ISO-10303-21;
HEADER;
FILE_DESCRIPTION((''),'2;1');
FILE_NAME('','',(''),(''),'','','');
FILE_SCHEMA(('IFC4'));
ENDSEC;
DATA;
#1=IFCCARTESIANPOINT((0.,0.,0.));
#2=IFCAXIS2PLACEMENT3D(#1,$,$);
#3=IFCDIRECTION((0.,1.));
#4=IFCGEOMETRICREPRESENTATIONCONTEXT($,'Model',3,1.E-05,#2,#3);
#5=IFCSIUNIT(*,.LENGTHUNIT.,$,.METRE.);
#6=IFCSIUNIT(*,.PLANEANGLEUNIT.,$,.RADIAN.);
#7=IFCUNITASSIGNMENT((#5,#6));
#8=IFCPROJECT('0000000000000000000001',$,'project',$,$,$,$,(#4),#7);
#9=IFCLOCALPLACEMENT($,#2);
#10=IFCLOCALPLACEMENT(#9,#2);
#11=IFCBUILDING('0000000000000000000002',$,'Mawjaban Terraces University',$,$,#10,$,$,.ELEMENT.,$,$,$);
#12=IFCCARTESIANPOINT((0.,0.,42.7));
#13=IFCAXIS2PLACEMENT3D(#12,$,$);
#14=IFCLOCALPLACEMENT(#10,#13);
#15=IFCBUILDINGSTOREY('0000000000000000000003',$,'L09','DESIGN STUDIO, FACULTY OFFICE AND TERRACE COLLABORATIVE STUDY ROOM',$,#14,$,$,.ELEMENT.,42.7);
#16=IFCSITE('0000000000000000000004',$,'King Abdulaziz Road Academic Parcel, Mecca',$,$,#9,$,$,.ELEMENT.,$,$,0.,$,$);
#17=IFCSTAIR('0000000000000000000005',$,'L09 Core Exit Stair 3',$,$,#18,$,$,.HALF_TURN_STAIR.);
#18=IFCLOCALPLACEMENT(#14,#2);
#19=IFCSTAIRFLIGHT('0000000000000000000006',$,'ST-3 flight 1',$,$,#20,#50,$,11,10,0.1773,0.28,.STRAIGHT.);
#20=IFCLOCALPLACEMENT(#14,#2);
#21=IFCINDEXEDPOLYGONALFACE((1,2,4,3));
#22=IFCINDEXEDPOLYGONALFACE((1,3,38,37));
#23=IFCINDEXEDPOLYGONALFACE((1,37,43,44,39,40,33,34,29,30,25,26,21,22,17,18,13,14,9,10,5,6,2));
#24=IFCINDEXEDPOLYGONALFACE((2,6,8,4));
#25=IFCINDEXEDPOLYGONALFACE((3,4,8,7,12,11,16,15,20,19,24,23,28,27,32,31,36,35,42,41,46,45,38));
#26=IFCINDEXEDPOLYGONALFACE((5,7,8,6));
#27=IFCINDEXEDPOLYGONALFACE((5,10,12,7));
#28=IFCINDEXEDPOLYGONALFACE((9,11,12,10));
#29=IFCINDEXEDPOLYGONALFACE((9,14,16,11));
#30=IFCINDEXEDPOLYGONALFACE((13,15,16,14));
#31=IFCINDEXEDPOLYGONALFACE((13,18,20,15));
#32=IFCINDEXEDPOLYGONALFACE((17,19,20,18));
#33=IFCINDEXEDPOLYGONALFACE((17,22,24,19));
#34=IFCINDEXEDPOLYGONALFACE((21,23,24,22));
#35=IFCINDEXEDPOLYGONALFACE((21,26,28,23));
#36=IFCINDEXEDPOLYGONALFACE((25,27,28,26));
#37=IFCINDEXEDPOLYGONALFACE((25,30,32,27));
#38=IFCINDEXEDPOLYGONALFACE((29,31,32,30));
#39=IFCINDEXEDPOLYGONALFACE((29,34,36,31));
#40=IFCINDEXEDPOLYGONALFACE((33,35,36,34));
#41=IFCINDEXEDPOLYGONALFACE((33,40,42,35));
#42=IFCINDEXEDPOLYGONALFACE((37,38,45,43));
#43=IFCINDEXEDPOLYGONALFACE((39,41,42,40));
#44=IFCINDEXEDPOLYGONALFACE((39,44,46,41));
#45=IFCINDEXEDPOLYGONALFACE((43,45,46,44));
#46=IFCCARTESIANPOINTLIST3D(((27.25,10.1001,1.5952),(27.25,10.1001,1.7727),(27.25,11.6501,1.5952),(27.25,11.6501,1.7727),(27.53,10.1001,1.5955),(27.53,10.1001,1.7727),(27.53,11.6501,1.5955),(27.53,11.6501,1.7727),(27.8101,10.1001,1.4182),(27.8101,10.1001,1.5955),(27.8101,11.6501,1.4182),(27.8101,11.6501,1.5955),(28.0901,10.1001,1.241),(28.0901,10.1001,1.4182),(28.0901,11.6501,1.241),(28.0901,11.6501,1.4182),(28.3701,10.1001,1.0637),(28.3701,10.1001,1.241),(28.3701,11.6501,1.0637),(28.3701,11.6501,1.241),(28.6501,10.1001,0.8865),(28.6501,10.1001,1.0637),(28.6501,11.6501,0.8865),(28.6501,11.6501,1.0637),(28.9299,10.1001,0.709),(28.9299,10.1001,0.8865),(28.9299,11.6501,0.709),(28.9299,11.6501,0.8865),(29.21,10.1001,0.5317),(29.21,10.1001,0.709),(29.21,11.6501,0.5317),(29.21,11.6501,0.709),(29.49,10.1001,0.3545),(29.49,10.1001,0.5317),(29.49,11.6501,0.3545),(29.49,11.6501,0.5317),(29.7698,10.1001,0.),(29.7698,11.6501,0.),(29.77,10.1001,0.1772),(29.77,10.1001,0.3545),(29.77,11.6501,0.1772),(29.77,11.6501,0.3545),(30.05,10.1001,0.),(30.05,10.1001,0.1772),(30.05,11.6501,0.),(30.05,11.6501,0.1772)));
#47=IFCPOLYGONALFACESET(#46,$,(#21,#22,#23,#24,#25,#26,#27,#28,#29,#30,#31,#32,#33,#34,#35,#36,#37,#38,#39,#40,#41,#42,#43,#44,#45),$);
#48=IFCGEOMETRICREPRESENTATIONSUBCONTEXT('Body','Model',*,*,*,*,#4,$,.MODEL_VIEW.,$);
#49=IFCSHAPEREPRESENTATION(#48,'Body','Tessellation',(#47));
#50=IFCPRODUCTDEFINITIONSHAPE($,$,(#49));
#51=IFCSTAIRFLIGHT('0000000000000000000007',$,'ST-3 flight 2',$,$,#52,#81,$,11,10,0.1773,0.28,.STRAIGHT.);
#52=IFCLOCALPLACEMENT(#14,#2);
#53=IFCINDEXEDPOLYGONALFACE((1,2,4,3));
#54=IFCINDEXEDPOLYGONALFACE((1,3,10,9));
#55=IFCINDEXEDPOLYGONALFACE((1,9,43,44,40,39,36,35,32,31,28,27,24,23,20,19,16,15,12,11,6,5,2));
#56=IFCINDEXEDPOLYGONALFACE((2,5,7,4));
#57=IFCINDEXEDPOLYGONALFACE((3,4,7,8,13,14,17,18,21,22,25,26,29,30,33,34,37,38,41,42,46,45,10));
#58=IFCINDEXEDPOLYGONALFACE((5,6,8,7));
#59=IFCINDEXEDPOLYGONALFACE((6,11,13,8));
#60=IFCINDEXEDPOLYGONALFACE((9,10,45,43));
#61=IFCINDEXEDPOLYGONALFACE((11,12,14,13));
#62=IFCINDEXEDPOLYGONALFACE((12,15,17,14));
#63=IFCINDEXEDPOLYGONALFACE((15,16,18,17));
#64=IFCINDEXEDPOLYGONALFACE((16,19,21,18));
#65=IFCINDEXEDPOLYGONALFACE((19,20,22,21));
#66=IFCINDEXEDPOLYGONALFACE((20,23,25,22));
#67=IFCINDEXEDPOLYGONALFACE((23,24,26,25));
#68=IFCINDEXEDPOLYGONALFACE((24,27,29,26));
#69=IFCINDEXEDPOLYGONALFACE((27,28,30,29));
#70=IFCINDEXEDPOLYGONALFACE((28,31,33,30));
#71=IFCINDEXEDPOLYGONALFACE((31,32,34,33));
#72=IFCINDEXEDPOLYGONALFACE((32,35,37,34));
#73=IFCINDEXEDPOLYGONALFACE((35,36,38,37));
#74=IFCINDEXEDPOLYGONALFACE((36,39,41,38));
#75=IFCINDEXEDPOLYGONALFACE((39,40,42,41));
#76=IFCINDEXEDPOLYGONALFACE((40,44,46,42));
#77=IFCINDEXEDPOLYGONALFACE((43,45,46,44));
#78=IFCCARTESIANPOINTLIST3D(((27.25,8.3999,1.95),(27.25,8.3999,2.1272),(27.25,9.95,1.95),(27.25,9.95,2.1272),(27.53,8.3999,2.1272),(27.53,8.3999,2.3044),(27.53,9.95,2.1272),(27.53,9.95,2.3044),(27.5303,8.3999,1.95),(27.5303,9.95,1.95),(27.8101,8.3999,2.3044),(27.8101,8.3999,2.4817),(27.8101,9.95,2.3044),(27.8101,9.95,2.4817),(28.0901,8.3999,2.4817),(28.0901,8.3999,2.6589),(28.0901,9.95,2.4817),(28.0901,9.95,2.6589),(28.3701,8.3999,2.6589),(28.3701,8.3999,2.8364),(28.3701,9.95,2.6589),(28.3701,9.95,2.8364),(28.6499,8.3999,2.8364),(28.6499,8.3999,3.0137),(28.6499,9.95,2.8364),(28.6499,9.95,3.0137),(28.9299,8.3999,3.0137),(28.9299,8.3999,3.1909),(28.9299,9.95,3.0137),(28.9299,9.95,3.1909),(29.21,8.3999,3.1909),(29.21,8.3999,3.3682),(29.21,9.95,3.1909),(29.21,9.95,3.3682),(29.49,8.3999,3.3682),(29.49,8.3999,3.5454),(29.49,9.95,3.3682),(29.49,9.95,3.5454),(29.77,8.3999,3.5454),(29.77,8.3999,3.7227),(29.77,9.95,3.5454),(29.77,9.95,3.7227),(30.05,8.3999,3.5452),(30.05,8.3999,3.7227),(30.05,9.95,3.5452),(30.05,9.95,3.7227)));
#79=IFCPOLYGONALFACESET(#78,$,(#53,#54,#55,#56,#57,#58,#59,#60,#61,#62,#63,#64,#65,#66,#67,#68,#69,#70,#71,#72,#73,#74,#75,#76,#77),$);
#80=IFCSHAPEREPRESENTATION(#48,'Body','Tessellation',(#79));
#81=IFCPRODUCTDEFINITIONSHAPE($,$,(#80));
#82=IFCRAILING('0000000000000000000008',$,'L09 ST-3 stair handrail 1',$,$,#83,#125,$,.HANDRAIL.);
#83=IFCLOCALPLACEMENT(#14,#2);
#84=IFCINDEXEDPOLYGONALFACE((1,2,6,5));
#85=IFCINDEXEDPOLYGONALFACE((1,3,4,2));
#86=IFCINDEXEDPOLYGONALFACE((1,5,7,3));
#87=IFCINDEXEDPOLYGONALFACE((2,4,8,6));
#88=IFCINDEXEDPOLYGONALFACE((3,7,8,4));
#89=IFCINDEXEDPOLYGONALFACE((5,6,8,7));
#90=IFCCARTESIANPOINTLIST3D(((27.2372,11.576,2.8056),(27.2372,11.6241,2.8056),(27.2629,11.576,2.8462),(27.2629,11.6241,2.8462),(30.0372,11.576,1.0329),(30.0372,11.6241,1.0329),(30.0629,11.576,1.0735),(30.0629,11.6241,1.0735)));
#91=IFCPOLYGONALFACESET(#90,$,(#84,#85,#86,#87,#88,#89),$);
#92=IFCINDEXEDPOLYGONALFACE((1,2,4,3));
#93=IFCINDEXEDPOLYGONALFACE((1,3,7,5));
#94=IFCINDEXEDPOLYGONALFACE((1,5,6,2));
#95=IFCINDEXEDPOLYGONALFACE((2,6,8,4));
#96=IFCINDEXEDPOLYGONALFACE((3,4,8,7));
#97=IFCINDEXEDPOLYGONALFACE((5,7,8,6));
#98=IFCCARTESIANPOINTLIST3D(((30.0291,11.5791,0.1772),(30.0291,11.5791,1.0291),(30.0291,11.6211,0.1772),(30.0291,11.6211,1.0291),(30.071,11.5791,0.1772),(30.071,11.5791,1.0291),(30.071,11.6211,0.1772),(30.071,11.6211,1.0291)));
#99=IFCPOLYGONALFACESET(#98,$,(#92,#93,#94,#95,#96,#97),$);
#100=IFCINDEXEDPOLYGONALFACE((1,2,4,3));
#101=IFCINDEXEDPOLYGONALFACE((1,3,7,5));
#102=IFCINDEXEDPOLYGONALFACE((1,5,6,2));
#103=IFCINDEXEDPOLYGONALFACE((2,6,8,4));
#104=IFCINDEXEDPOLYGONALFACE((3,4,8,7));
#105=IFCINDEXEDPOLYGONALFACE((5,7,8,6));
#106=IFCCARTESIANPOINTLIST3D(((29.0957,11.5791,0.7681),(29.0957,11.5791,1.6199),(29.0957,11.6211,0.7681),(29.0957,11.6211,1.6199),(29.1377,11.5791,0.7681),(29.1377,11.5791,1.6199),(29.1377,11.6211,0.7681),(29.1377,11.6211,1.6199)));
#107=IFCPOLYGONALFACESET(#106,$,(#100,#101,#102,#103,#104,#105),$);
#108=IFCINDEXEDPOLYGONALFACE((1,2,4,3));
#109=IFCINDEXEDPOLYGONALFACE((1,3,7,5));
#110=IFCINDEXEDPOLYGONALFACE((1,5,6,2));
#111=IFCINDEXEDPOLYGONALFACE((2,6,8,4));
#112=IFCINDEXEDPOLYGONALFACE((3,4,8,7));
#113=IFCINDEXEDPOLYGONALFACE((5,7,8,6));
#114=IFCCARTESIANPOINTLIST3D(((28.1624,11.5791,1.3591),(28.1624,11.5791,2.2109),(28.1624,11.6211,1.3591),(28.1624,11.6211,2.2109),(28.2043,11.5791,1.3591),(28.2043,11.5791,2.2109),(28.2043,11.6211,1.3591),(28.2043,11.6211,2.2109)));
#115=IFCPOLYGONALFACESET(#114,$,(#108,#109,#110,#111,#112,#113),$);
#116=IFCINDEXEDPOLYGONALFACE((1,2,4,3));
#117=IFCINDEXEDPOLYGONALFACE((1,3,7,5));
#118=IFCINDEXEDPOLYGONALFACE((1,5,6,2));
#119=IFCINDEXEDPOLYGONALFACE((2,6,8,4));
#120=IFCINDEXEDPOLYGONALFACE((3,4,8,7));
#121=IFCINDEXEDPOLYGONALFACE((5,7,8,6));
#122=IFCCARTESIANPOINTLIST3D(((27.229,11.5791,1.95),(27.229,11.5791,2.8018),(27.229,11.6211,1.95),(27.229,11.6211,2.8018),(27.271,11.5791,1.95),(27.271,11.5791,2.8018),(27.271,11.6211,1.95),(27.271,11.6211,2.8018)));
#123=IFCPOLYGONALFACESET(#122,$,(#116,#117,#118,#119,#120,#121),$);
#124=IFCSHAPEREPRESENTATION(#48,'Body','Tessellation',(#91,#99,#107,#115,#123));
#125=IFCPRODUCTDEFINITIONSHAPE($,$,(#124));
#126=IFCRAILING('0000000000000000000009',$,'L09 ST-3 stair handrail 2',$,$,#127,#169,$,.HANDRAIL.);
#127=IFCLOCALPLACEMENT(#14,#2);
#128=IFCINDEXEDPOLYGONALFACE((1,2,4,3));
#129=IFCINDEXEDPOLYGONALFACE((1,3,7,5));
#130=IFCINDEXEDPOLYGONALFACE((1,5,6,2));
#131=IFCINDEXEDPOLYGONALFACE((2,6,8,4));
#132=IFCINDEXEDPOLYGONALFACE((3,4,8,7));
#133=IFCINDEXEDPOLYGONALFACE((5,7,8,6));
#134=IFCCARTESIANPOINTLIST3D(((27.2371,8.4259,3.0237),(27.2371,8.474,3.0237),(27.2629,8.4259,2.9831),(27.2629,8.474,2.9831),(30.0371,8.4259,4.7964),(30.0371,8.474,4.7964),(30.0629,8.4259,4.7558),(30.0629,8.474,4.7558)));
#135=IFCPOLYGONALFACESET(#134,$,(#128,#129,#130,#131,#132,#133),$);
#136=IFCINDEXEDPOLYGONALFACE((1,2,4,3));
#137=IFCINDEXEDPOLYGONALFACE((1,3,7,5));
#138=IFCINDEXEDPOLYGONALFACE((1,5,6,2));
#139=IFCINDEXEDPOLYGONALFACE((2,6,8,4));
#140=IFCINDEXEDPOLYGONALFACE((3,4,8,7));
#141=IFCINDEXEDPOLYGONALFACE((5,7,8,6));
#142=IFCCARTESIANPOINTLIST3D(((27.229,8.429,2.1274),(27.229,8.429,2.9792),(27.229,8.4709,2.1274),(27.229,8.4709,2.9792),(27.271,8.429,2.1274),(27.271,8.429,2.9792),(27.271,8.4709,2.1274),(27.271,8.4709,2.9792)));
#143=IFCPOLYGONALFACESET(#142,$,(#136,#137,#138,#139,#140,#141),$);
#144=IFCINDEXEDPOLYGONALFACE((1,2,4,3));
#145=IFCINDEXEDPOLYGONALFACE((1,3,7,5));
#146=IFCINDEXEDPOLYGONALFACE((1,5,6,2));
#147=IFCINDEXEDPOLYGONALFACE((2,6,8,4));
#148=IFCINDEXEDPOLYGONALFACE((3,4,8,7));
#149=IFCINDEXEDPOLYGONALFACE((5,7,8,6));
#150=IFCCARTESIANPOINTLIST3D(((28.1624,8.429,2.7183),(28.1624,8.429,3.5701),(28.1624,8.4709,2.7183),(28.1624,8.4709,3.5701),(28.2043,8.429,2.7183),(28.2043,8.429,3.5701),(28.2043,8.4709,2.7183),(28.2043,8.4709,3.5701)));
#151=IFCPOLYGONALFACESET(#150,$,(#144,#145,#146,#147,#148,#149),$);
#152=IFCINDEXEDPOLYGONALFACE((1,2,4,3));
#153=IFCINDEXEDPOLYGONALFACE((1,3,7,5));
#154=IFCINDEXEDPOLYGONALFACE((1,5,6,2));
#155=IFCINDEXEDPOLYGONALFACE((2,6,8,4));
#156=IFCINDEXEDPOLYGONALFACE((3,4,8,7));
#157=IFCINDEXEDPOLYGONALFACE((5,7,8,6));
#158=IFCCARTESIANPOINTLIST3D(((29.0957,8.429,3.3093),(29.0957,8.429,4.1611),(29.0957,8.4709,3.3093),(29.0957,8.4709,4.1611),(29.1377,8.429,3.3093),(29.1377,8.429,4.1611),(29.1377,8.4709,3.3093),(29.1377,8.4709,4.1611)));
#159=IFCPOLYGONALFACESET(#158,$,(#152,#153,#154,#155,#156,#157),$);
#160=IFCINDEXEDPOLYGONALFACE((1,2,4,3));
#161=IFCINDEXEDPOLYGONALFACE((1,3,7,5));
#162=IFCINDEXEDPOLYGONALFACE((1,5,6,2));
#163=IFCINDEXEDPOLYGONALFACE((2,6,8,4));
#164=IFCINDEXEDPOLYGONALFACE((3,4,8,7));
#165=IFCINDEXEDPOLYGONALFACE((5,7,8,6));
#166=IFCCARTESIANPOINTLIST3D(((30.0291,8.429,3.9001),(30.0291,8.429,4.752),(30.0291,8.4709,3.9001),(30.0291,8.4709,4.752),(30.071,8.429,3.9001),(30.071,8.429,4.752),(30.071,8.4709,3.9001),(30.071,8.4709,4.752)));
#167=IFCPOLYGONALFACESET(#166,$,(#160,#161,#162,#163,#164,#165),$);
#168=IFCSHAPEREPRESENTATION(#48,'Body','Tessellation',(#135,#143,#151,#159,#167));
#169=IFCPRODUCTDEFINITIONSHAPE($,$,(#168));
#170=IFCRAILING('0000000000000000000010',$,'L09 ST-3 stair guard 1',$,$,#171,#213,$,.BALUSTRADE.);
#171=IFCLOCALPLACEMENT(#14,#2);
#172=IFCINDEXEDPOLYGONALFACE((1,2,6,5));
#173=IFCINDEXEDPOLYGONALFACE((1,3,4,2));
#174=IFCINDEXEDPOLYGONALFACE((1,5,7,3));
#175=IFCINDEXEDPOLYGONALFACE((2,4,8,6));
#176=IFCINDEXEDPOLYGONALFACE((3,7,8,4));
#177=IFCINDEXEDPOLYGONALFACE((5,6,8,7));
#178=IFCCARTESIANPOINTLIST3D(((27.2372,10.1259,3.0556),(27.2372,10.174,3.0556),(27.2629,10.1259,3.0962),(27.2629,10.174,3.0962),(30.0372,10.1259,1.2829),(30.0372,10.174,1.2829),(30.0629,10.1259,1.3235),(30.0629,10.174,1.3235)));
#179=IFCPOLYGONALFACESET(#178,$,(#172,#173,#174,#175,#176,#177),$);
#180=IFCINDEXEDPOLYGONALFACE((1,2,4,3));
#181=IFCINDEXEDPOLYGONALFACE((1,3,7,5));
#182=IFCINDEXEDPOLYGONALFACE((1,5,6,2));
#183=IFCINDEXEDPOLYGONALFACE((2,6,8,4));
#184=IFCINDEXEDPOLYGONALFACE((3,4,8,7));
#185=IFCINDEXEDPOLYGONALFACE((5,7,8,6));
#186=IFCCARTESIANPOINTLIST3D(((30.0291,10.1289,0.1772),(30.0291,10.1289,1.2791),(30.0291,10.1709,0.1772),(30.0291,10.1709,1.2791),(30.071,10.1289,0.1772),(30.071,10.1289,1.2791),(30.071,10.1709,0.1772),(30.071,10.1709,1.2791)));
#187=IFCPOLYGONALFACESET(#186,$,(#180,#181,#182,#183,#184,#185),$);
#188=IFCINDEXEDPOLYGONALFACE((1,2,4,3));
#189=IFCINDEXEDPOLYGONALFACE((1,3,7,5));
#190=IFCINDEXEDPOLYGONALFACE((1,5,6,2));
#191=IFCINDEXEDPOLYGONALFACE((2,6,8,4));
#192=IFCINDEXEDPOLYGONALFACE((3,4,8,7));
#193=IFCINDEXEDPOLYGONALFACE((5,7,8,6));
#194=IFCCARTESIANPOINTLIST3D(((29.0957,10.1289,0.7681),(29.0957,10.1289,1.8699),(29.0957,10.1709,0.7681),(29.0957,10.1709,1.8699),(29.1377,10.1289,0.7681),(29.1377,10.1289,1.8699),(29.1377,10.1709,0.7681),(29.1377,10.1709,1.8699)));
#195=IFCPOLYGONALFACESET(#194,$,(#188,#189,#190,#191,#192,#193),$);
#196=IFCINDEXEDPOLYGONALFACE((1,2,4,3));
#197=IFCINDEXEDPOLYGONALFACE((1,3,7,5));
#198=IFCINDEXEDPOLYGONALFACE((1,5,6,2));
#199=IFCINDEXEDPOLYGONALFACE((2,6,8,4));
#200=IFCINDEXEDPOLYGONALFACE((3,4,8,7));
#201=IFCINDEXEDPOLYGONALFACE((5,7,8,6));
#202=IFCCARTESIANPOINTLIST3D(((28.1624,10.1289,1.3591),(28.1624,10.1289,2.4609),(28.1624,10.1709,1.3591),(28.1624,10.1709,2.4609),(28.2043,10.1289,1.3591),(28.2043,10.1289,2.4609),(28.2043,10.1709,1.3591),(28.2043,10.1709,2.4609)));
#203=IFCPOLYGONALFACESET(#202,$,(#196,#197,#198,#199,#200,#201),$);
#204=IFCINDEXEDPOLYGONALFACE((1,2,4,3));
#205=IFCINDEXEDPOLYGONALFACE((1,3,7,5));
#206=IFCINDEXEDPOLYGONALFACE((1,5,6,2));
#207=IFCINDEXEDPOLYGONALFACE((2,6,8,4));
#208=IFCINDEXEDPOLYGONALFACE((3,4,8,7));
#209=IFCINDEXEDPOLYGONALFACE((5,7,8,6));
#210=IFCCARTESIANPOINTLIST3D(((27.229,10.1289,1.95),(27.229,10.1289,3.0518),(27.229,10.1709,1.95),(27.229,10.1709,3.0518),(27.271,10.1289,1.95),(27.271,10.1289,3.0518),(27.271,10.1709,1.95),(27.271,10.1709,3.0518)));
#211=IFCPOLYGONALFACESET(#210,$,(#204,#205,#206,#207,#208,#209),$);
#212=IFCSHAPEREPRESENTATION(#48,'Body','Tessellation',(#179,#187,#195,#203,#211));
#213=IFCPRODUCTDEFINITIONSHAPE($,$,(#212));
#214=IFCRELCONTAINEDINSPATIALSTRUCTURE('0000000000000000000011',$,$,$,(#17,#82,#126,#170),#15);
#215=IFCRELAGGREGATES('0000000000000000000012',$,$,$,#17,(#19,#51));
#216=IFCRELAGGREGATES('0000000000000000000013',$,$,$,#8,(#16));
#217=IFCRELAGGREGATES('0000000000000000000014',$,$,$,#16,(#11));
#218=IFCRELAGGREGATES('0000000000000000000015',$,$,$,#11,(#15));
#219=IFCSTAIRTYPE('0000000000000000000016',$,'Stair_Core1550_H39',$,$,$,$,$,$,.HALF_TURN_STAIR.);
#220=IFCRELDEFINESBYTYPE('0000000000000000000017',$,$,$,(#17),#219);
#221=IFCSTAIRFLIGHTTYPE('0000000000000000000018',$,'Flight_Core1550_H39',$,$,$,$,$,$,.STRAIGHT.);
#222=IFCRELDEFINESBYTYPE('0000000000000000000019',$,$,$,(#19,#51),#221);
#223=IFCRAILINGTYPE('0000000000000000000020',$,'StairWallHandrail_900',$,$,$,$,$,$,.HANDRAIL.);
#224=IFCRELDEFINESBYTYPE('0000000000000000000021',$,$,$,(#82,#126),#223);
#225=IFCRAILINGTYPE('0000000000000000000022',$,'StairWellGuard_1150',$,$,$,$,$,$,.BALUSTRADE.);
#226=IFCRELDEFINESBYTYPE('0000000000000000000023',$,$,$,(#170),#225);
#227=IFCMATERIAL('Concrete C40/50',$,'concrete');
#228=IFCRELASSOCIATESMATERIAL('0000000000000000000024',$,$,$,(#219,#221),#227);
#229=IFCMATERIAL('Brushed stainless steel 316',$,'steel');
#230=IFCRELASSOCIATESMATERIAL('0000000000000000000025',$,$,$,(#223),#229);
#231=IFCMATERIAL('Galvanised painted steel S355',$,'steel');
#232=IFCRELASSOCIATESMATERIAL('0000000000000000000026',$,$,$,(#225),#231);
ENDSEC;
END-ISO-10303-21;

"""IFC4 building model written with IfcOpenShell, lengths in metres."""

from ifc_helpers import new_model, si_unit, direction, frame, origin, origin_2d, place, context, subcontext, project, spatial, polyline, rectangle, outline, extrude, material, type_object, element, aggregate, save


model = new_model("IFC4")

# Units and contexts
model_context = context("Model", 3, precision=1e-05, world=origin(), true_north=direction((0.0, 1.0)))
body_context = subcontext(model_context, "Body", "Model", "MODEL_VIEW")
ifc_project = project(units=[si_unit("LENGTHUNIT", "METRE"), si_unit("PLANEANGLEUNIT", "RADIAN")], contexts=[model_context])

# Site, building, storey
site_placement = place(None, origin())
site = spatial("IfcSite", under=ifc_project, at=site_placement, Name="King Abdulaziz Road Academic Parcel, Mecca", CompositionType="ELEMENT", RefElevation=0.0)
building_placement = place(site_placement, origin())
building = spatial("IfcBuilding", under=site, at=building_placement, Name="Mawjaban Terraces University", CompositionType="ELEMENT")
storey_placement = place(building_placement, frame((0.0, 0.0, 42.7)))
storey = spatial("IfcBuildingStorey", under=building, at=storey_placement, Name="L09", Description="DESIGN STUDIO, FACULTY OFFICE AND TERRACE COLLABORATIVE STUDY ROOM", CompositionType="ELEMENT", Elevation=42.7)

# Shared definitions
ifc_material_1 = material(Name="Concrete C40/50", Category="concrete")

# Stair, stair flights
stair_type = type_object("IfcStairType", Name="Stair_Core1550_H39", PredefinedType="HALF_TURN_STAIR", material=ifc_material_1)
stair_placement = place(storey_placement, origin())
stair = element("IfcStair", 1, at=stair_placement, inside=storey, type_object=stair_type, Name="L09 Core Exit Stair 3", PredefinedType="HALF_TURN_STAIR")
stair_flight_type = type_object("IfcStairFlightType", Name="Flight_Core1550_H39", PredefinedType="STRAIGHT", material=ifc_material_1)
stair_flight_1_placement = place(storey_placement, frame((30.05, 10.875, 0.0), z_axis=(0.0, 0.0, 1.0), x_axis=(-1.0, 0.0, 0.0)))
stair_flight_1 = element("IfcStairFlight", 2, at=stair_flight_1_placement, type_object=stair_flight_type, Name="ST-3 flight 1", NumberOfRisers=11, NumberOfTreads=10, PredefinedType="STRAIGHT", RiserHeight=0.1773, TreadLength=0.28, context=body_context, shape_type="SweptSolid", body=[
    extrude(outline(polyline([(0.0, 0.0), (0.0, 0.1772), (0.28, 0.1772), (0.28, 0.3545), (0.5601, 0.3545), (0.5601, 0.5317), (0.8401, 0.5317), (0.8401, 0.709), (1.1201, 0.709), (1.1201, 0.8865), (1.3999, 0.8865), (1.3999, 1.0637), (1.6799, 1.0637), (1.6799, 1.241), (1.96, 1.241), (1.96, 1.4182), (2.24, 1.4182), (2.24, 1.5955), (2.52, 1.5955), (2.52, 1.7727), (2.8, 1.7727), (2.8, 1.95), (2.8, 1.5952), (0.2803, 0.0), (0.0, 0.0)])), frame((0.0, 0.7749, 0.0), z_axis=(0.0, -1.0, 0.0), x_axis=(1.0, 0.0, 0.0)), (0.0, 0.0, 1.0), 1.55),
])
stair_flight_2_placement = place(storey_placement, frame((27.25, 9.175, 1.95), z_axis=(0.0, 0.0, 1.0), x_axis=(1.0, 0.0, 0.0)))
stair_flight_2 = element("IfcStairFlight", 3, at=stair_flight_2_placement, type_object=stair_flight_type, Name="ST-3 flight 2", NumberOfRisers=11, NumberOfTreads=10, PredefinedType="STRAIGHT", RiserHeight=0.1773, TreadLength=0.28, context=body_context, shape_type="SweptSolid", body=[
    extrude(outline(polyline([(0.0, 0.0), (0.0, 0.1772), (0.28, 0.1772), (0.28, 0.3545), (0.5601, 0.3545), (0.5601, 0.5317), (0.8401, 0.5317), (0.8401, 0.709), (1.1201, 0.709), (1.1201, 0.8865), (1.3999, 0.8865), (1.3999, 1.0637), (1.6799, 1.0637), (1.6799, 1.241), (1.96, 1.241), (1.96, 1.4182), (2.24, 1.4182), (2.24, 1.5955), (2.52, 1.5955), (2.52, 1.7727), (2.8, 1.7727), (2.8, 1.95), (2.8, 1.5952), (0.2803, 0.0), (0.0, 0.0)])), frame((0.0, 0.7749, 0.0), z_axis=(0.0, -1.0, 0.0), x_axis=(1.0, 0.0, 0.0)), (0.0, 0.0, 1.0), 1.55),
])
aggregate(stair, [stair_flight_1, stair_flight_2])

# Railings
ifc_material_2 = material(Name="Brushed stainless steel 316", Category="steel")
railing_type_1 = type_object("IfcRailingType", Name="StairWallHandrail_900", PredefinedType="HANDRAIL", material=ifc_material_2)
railing_1_placement = place(storey_placement, frame((30.05, 11.6001, 0.1772)))
element("IfcRailing", 4, at=railing_1_placement, inside=storey, type_object=railing_type_1, Name="L09 ST-3 stair handrail 1", PredefinedType="HANDRAIL", context=body_context, shape_type="SweptSolid", body=[
    extrude(rectangle(XDim=0.0481, YDim=0.0481, at=origin_2d()), frame((0.0, 0.0, 0.876), z_axis=(-0.844909, 0.0, 0.53491), x_axis=(0.0, -1.0, 0.0)), (0.0, 0.0, 1.0), 3.314),
    extrude(rectangle(XDim=0.042, YDim=0.042, at=origin_2d()), origin(), (0.0, 0.0, 1.0), 0.8518),
    extrude(rectangle(XDim=0.042, YDim=0.042, at=origin_2d()), frame((-0.9333, 0.0, 0.5908)), (0.0, 0.0, 1.0), 0.8518),
    extrude(rectangle(XDim=0.042, YDim=0.042, at=origin_2d()), frame((-1.8667, 0.0, 1.1819)), (0.0, 0.0, 1.0), 0.8518),
    extrude(rectangle(XDim=0.042, YDim=0.042, at=origin_2d()), frame((-2.8, 0.0, 1.7727)), (0.0, 0.0, 1.0), 0.8518),
])
railing_2_placement = place(storey_placement, frame((27.25, 8.45, 2.1274)))
element("IfcRailing", 5, at=railing_2_placement, inside=storey, type_object=railing_type_1, Name="L09 ST-3 stair handrail 2", PredefinedType="HANDRAIL", context=body_context, shape_type="SweptSolid", body=[
    extrude(rectangle(XDim=0.0481, YDim=0.0481, at=origin_2d()), frame((0.0, 0.0, 0.876), z_axis=(0.844909, 0.0, 0.53491), x_axis=(0.0, 1.0, 0.0)), (0.0, 0.0, 1.0), 3.314),
    extrude(rectangle(XDim=0.042, YDim=0.042, at=origin_2d()), origin(), (0.0, 0.0, 1.0), 0.8518),
    extrude(rectangle(XDim=0.042, YDim=0.042, at=origin_2d()), frame((0.9333, 0.0, 0.5908)), (0.0, 0.0, 1.0), 0.8518),
    extrude(rectangle(XDim=0.042, YDim=0.042, at=origin_2d()), frame((1.8667, 0.0, 1.1819)), (0.0, 0.0, 1.0), 0.8518),
    extrude(rectangle(XDim=0.042, YDim=0.042, at=origin_2d()), frame((2.8, 0.0, 1.7727)), (0.0, 0.0, 1.0), 0.8518),
])
ifc_material_3 = material(Name="Galvanised painted steel S355", Category="steel")
railing_type_2 = type_object("IfcRailingType", Name="StairWellGuard_1150", PredefinedType="BALUSTRADE", material=ifc_material_3)
railing_3_placement = place(storey_placement, frame((30.05, 10.1499, 0.1772)))
element("IfcRailing", 6, at=railing_3_placement, inside=storey, type_object=railing_type_2, Name="L09 ST-3 stair guard 1", PredefinedType="BALUSTRADE", context=body_context, shape_type="SweptSolid", body=[
    extrude(rectangle(XDim=0.0481, YDim=0.0481, at=origin_2d()), frame((0.0, 0.0, 1.126), z_axis=(-0.844909, 0.0, 0.53491), x_axis=(0.0, -1.0, 0.0)), (0.0, 0.0, 1.0), 3.314),
    extrude(rectangle(XDim=0.042, YDim=0.042, at=origin_2d()), origin(), (0.0, 0.0, 1.0), 1.1018),
    extrude(rectangle(XDim=0.042, YDim=0.042, at=origin_2d()), frame((-0.9333, 0.0, 0.5908)), (0.0, 0.0, 1.0), 1.1018),
    extrude(rectangle(XDim=0.042, YDim=0.042, at=origin_2d()), frame((-1.8667, 0.0, 1.1819)), (0.0, 0.0, 1.0), 1.1018),
    extrude(rectangle(XDim=0.042, YDim=0.042, at=origin_2d()), frame((-2.8, 0.0, 1.7727)), (0.0, 0.0, 1.0), 1.1018),
])

save(model, "model.ifc")
